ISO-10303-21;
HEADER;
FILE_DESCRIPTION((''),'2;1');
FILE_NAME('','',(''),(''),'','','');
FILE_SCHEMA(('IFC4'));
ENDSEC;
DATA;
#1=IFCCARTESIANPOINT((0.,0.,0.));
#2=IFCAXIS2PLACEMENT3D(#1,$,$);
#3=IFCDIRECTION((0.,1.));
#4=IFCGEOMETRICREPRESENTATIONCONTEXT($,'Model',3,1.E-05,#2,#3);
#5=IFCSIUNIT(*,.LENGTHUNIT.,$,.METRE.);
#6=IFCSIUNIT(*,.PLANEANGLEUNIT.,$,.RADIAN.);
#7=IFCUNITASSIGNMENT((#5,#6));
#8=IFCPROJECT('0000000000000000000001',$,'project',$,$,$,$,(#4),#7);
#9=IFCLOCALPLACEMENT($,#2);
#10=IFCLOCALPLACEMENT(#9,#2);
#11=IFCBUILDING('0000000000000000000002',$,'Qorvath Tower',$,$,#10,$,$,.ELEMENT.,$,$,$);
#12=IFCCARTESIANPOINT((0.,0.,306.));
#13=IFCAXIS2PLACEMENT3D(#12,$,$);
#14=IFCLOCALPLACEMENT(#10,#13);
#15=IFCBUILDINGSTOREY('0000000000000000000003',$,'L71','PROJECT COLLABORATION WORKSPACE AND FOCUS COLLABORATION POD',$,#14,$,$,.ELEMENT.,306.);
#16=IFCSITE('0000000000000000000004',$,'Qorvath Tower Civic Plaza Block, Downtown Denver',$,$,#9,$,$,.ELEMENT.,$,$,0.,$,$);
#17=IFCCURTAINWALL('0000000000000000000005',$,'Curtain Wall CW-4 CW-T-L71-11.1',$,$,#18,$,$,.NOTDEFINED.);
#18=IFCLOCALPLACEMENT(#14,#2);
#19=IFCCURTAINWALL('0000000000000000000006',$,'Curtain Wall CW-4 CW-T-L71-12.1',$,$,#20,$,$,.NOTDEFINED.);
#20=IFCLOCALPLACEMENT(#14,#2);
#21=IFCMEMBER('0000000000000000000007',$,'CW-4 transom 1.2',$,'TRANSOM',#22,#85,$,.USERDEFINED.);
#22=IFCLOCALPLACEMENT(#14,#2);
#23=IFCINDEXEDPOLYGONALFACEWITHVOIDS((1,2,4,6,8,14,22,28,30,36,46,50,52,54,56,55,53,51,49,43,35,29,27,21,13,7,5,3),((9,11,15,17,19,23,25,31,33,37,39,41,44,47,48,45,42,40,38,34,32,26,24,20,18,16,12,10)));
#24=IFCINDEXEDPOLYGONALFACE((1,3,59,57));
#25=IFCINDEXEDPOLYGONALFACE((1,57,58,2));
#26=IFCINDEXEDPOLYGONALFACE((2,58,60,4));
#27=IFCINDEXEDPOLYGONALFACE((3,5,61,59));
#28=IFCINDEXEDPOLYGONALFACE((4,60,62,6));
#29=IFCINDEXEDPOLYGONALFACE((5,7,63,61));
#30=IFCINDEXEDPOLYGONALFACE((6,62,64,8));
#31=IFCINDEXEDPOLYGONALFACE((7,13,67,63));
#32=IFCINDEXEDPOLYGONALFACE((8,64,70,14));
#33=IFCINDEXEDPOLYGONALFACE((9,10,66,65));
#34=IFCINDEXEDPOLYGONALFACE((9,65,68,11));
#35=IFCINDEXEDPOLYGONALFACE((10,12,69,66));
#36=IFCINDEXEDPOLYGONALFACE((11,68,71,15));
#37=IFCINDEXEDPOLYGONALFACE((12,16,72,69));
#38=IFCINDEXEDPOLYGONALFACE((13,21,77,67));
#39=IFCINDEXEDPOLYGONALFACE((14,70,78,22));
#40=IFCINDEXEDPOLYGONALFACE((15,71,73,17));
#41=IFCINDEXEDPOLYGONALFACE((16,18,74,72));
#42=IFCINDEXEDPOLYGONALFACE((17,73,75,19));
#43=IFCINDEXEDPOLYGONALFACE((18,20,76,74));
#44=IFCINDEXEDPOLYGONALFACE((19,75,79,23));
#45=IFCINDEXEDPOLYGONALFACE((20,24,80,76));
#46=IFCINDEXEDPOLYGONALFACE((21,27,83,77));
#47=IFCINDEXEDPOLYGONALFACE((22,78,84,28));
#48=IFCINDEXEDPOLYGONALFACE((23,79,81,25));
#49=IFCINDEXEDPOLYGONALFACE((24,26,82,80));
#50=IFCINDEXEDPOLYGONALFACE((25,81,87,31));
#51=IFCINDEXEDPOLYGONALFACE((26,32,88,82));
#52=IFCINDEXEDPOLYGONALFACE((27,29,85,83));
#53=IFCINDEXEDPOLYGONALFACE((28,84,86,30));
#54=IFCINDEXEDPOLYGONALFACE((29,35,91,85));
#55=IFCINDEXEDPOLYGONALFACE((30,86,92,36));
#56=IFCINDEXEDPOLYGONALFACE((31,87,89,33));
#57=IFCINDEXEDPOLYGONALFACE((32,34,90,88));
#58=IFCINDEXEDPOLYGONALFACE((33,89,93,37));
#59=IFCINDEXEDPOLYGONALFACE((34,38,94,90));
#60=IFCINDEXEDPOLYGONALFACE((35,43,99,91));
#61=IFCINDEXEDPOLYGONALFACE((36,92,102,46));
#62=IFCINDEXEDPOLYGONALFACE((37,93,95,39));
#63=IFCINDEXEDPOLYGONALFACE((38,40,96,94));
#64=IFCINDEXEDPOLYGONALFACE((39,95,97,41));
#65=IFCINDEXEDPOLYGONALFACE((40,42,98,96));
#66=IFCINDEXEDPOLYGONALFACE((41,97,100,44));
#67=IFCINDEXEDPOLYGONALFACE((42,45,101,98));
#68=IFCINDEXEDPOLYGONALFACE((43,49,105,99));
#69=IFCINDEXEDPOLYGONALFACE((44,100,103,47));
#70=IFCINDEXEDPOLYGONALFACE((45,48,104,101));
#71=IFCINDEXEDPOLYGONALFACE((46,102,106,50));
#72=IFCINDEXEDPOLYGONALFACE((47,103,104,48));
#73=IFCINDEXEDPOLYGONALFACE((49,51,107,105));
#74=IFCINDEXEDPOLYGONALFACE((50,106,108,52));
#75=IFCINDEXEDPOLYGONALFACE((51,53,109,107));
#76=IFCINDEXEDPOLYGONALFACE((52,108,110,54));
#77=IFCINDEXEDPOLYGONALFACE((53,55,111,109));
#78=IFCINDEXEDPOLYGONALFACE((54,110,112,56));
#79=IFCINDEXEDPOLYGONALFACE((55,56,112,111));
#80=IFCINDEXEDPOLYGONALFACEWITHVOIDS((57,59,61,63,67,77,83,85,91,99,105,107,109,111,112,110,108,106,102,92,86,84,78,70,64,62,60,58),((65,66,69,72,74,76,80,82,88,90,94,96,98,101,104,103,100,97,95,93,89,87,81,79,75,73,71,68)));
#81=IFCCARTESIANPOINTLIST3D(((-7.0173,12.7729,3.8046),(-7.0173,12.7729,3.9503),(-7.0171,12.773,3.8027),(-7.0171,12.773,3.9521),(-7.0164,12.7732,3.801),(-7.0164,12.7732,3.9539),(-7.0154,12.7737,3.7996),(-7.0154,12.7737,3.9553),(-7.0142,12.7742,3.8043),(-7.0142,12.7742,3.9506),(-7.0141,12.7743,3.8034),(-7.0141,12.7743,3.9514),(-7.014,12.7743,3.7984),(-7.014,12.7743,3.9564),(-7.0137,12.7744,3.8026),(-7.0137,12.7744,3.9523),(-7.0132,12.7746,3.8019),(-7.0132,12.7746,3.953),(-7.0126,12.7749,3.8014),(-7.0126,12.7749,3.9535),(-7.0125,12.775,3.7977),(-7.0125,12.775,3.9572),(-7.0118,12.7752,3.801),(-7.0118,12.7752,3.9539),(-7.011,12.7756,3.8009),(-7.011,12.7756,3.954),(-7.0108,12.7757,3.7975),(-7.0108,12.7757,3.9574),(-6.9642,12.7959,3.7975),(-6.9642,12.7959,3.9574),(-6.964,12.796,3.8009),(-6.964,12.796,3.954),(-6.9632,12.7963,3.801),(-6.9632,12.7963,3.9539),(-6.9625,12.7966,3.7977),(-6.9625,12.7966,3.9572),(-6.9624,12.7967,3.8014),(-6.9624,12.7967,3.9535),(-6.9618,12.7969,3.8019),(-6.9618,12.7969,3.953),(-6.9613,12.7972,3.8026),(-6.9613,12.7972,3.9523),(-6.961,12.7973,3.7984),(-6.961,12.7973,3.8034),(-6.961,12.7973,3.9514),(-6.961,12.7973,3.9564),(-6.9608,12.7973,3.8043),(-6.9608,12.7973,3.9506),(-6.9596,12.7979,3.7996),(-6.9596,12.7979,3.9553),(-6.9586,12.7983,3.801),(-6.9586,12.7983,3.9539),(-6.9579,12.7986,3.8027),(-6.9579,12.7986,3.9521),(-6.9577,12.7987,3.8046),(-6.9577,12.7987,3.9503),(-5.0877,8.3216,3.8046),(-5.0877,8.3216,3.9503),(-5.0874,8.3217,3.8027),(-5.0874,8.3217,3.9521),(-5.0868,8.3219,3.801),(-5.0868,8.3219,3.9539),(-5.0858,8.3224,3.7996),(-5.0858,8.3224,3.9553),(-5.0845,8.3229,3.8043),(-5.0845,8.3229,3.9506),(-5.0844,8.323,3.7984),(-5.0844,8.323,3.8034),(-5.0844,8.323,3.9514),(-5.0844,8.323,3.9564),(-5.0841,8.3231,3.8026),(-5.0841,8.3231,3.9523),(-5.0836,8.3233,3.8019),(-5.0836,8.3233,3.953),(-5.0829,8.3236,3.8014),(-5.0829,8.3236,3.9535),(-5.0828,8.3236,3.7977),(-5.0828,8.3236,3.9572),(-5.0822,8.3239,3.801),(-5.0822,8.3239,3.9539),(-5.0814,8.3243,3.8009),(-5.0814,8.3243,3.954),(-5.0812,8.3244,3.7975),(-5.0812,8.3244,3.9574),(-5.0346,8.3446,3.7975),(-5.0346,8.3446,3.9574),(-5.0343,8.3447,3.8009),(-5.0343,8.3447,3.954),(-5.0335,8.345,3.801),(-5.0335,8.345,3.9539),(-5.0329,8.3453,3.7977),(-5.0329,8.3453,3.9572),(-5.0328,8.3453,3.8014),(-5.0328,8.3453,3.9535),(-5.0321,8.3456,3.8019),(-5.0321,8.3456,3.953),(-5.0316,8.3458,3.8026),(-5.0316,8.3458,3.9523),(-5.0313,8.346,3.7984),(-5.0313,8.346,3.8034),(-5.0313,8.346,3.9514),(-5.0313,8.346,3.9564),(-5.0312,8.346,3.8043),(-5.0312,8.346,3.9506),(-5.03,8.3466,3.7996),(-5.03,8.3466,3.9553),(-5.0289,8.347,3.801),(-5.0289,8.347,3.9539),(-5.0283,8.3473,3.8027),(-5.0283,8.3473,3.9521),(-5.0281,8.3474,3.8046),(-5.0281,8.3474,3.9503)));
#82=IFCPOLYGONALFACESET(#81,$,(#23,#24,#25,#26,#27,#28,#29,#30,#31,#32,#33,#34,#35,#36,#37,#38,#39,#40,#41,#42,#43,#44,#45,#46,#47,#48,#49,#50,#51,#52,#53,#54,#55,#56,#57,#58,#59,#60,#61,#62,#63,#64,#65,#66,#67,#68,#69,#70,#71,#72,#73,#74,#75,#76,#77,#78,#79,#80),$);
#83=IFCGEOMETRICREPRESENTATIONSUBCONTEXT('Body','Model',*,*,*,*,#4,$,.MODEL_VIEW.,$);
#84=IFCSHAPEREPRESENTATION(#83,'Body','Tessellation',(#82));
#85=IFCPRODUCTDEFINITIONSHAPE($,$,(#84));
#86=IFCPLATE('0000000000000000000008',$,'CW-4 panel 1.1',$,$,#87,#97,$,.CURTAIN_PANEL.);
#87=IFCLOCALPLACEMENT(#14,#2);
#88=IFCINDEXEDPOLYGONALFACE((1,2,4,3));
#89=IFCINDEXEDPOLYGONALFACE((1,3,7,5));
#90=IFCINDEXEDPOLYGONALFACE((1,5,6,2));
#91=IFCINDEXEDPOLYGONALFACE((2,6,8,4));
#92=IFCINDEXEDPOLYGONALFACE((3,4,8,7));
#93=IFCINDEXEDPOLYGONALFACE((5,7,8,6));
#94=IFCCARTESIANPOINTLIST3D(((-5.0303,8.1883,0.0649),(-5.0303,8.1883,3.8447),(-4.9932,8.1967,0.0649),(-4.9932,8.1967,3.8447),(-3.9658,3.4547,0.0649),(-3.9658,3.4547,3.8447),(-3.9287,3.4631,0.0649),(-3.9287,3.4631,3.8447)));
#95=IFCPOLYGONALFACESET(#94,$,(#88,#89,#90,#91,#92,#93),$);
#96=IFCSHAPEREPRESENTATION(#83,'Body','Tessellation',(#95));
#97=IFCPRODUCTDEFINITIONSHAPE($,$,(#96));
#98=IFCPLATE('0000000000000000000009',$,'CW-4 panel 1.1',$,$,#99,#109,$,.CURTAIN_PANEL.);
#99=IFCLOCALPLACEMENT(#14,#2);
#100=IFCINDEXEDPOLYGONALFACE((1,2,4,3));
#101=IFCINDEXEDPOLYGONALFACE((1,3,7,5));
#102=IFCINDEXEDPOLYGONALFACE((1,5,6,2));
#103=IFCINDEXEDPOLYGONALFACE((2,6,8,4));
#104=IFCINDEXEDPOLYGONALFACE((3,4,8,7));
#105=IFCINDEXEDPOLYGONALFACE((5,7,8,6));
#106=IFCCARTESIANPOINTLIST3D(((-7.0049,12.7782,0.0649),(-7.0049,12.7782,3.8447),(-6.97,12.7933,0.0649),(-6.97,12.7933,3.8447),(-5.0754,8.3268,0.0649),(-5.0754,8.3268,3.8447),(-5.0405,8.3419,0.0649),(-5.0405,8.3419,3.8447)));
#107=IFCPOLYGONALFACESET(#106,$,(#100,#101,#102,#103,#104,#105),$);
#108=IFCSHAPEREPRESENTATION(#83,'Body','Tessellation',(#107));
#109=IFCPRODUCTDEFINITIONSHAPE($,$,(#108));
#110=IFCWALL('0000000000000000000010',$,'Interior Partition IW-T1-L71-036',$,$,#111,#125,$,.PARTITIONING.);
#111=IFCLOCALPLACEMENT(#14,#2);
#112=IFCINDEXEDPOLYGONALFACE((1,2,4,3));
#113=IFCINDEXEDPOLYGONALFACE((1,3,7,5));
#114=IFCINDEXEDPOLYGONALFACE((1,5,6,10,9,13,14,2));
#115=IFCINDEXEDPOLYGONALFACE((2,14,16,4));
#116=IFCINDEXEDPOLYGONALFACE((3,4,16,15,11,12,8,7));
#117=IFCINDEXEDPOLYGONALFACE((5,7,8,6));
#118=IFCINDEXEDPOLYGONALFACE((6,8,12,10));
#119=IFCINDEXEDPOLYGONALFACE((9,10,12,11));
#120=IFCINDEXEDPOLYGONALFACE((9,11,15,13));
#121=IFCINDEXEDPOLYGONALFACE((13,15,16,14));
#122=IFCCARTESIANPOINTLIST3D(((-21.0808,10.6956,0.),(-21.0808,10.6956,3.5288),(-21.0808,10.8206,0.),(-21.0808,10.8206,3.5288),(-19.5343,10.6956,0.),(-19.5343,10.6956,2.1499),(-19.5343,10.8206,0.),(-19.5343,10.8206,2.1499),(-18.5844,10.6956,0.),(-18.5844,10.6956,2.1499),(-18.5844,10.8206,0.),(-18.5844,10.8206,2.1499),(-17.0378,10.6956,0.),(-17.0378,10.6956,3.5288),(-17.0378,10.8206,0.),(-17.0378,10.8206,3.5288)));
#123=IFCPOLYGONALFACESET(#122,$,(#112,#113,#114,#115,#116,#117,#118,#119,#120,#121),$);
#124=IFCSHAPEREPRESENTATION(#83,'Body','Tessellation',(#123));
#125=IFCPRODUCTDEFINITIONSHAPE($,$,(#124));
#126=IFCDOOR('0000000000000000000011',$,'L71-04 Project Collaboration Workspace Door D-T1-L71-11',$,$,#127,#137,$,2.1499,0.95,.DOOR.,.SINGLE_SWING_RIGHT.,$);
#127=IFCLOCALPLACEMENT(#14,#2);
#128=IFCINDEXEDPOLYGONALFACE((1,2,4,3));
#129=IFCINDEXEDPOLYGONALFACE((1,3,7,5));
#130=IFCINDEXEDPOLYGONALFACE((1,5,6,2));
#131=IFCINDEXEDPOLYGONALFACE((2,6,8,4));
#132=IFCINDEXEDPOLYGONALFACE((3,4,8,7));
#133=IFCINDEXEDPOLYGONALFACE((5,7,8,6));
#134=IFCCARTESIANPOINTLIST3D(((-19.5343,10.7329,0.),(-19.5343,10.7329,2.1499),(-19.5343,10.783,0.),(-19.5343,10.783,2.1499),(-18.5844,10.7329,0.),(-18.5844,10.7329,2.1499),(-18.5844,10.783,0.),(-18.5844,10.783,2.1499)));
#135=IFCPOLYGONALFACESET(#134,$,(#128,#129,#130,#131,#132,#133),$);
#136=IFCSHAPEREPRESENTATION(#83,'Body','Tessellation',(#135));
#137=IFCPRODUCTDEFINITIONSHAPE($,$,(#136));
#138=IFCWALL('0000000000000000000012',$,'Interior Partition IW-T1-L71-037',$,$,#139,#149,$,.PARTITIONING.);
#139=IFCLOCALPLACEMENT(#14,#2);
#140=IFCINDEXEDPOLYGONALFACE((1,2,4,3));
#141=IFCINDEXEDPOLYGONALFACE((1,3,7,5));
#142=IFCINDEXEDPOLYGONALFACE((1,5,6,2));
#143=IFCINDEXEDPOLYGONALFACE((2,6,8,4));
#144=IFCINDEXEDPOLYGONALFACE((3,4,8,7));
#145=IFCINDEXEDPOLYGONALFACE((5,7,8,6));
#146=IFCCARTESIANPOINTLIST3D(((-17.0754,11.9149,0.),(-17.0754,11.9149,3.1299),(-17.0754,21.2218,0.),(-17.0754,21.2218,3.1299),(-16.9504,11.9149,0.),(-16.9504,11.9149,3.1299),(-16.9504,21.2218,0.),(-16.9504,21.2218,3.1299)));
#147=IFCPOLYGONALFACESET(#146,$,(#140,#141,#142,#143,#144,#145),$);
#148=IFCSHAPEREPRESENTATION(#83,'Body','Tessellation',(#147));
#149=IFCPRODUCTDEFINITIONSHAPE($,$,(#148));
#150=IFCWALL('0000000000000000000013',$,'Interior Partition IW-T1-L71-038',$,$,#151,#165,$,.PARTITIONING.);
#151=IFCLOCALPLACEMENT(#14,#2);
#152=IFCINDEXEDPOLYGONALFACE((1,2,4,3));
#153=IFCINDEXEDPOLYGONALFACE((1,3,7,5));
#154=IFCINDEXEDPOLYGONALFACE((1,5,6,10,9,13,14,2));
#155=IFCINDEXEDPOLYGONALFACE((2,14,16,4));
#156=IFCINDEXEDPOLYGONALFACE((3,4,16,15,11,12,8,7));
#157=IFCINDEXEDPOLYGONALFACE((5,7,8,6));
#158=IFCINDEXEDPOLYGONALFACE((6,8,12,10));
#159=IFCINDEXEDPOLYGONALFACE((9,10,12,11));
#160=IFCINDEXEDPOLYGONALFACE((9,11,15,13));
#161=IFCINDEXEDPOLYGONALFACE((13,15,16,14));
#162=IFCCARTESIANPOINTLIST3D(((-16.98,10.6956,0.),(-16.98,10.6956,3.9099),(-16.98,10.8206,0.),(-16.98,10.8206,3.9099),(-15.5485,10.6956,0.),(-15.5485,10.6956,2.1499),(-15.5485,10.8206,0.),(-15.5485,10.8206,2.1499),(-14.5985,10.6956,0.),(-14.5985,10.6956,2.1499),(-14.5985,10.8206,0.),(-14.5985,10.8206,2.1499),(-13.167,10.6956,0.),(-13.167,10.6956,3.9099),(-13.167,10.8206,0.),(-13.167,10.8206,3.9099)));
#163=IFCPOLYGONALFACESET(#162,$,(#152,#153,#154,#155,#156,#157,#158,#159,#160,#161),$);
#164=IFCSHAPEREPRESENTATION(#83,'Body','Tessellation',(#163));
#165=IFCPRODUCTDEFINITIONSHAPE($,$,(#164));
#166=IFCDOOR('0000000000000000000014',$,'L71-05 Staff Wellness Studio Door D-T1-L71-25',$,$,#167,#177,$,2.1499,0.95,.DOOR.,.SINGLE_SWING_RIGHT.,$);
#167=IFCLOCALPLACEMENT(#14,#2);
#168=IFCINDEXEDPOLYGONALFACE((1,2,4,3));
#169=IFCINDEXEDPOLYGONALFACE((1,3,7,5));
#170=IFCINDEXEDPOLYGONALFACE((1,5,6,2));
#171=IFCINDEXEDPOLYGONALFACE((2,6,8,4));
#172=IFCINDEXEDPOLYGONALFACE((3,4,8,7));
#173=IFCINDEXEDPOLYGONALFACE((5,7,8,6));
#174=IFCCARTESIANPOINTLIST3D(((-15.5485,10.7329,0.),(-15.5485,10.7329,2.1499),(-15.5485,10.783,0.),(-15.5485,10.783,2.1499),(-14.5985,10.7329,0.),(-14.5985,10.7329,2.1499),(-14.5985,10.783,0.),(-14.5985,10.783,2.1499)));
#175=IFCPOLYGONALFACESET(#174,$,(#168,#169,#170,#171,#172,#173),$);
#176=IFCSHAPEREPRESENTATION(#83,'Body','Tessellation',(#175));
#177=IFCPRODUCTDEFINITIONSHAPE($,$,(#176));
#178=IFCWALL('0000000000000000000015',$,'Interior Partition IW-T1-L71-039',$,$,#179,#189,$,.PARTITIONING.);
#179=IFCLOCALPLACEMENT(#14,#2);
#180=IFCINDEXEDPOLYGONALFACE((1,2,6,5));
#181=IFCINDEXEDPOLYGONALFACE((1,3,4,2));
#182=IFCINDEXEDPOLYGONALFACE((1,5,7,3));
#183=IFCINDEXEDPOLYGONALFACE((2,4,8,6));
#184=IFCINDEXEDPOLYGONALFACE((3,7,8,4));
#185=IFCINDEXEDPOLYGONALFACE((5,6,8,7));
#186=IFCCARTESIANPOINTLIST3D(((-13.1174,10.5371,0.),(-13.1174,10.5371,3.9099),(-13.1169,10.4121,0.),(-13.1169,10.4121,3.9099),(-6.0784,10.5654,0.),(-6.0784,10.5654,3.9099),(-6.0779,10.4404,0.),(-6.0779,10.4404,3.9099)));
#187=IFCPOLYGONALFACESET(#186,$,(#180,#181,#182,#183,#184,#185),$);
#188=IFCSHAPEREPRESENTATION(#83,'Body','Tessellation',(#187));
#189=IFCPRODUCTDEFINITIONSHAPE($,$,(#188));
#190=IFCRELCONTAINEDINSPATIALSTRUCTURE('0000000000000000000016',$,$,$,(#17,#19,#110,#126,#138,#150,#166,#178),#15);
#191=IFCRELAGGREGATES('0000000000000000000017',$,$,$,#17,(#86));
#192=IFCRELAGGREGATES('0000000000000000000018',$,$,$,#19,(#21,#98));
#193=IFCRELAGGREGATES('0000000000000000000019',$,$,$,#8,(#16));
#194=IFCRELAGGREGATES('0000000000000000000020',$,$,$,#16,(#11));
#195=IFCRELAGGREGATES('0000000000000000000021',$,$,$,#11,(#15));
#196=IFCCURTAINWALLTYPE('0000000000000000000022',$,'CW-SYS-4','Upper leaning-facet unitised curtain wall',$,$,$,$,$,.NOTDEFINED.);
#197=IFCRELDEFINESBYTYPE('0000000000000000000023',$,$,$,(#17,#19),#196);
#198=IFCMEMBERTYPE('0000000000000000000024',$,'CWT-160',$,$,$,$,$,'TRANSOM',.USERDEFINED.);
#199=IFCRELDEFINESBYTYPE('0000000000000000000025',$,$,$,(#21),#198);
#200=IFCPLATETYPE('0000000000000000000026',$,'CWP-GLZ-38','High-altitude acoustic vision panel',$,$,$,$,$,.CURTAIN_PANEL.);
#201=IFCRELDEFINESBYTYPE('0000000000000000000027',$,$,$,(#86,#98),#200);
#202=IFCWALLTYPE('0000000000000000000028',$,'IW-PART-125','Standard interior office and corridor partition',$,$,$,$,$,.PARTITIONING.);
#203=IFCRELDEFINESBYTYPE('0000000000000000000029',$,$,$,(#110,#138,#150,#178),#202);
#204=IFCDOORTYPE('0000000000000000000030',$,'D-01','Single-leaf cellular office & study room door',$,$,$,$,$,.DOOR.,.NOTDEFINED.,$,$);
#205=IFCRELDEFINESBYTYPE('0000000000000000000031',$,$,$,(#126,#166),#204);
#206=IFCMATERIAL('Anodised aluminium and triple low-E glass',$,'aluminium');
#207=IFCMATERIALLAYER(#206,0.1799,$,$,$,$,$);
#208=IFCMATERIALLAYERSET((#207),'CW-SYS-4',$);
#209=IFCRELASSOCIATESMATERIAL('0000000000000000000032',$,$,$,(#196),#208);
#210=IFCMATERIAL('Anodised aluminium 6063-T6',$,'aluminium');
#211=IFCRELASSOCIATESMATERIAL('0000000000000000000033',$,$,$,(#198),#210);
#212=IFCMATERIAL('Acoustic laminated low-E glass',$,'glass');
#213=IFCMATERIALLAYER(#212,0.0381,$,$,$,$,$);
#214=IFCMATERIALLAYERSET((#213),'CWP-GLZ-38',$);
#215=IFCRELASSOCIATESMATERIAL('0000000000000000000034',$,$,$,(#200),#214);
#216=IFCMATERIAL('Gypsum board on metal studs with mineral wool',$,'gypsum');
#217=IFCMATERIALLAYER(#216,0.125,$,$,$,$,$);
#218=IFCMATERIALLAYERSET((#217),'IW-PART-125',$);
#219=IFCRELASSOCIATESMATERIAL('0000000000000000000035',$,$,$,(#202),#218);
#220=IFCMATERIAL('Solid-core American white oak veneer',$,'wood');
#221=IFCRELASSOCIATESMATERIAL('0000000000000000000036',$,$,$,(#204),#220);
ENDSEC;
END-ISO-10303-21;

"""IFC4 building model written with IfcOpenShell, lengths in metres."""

from ifc_helpers import new_model, si_unit, direction, frame, frame_2d, origin, origin_2d, place, context, subcontext, project, spatial, rectangle, hollow_rectangle, extrude, material, layer, layer_set, material_profile, profile_set, type_object, element, fill, aggregate, save


model = new_model("IFC4")

# Units and contexts
model_context = context("Model", 3, precision=1e-05, world=origin(), true_north=direction((0.0, 1.0)))
body_context = subcontext(model_context, "Body", "Model", "MODEL_VIEW")
ifc_project = project(units=[si_unit("LENGTHUNIT", "METRE"), si_unit("PLANEANGLEUNIT", "RADIAN")], contexts=[model_context])

# Site, building, storey
site_placement = place(None, origin())
site = spatial("IfcSite", under=ifc_project, at=site_placement, Name="Qorvath Tower Civic Plaza Block, Downtown Denver", CompositionType="ELEMENT", RefElevation=0.0)
building_placement = place(site_placement, origin())
building = spatial("IfcBuilding", under=site, at=building_placement, Name="Qorvath Tower", CompositionType="ELEMENT")
storey_placement = place(building_placement, frame((0.0, 0.0, 306.0)))
storey = spatial("IfcBuildingStorey", under=building, at=storey_placement, Name="L71", Description="PROJECT COLLABORATION WORKSPACE AND FOCUS COLLABORATION POD", CompositionType="ELEMENT", Elevation=306.0)

# Curtain walls
ifc_material_1 = material(Name="Anodised aluminium and triple low-E glass", Category="aluminium")
ifc_layer_1 = layer(ifc_material_1, 0.1799)
ifc_layer_set_1 = layer_set([ifc_layer_1], Name="CW-SYS-4")
curtain_wall_type = type_object("IfcCurtainWallType", Name="CW-SYS-4", Description="Upper leaning-facet unitised curtain wall", PredefinedType="NOTDEFINED", material=ifc_layer_set_1)
curtain_wall_1_placement = place(storey_placement, origin())
curtain_wall_1 = element("IfcCurtainWall", 1, at=curtain_wall_1_placement, inside=storey, type_object=curtain_wall_type, Name="Curtain Wall CW-4 CW-T-L71-11.1", PredefinedType="NOTDEFINED")
curtain_wall_2_placement = place(storey_placement, origin())
curtain_wall_2 = element("IfcCurtainWall", 2, at=curtain_wall_2_placement, inside=storey, type_object=curtain_wall_type, Name="Curtain Wall CW-4 CW-T-L71-12.1", PredefinedType="NOTDEFINED")

# Member
ifc_material_2 = material(Name="Anodised aluminium 6063-T6", Category="aluminium")
ifc_material_profile_1 = material_profile(ifc_material_2, hollow_rectangle(XDim=0.0649, YDim=0.1599, WallThickness=0.0034, InnerFilletRadius=0.0034, OuterFilletRadius=0.0071, at=origin_2d()), Name="CWT 160x65")
ifc_profile_set_1 = profile_set([ifc_material_profile_1], Name="Anodised aluminium 6063-T6")
member_type_1 = type_object("IfcMemberType", Name="CWT-160", ElementType="TRANSOM", PredefinedType="USERDEFINED", material=ifc_profile_set_1)
member_1_placement = place(storey_placement, frame((-5.0579, 8.3345, 3.8774), z_axis=(-0.397736, 0.9175, 0.0), x_axis=(-0.9175, -0.397736, 0.0)))
member_1 = element("IfcMember", 3, at=member_1_placement, type_object=member_type_1, Name="CW-4 transom 1.2", ObjectType="TRANSOM", PredefinedType="USERDEFINED", context=body_context, shape_type="SweptSolid", body=[
    extrude(hollow_rectangle(XDim=0.0649, YDim=0.1599, WallThickness=0.0034, InnerFilletRadius=0.0034, OuterFilletRadius=0.0071, at=origin_2d()), origin(), (0.0, 0.0, 1.0), 4.8516),
])

# Plates
ifc_material_3 = material(Name="Acoustic laminated low-E glass", Category="glass")
ifc_layer_2 = layer(ifc_material_3, 0.0381)
ifc_layer_set_2 = layer_set([ifc_layer_2], Name="CWP-GLZ-38")
plate_type = type_object("IfcPlateType", Name="CWP-GLZ-38", Description="High-altitude acoustic vision panel", PredefinedType="CURTAIN_PANEL", material=ifc_layer_set_2)
plate_1_placement = place(storey_placement, frame((-4.4795, 5.8257, 0.0649), z_axis=(0.0, 0.0, 1.0), x_axis=(-0.219402, 0.975634, 0.0)))
plate_1 = element("IfcPlate", 4, at=plate_1_placement, type_object=plate_type, Name="CW-4 panel 1.1", PredefinedType="CURTAIN_PANEL", context=body_context, shape_type="SweptSolid", body=[
    extrude(rectangle(XDim=4.8518, YDim=0.0381, at=origin_2d()), origin(), (0.0, 0.0, 1.0), 3.7798),
])
aggregate(curtain_wall_1, [plate_1])
plate_2_placement = place(storey_placement, frame((-6.0227, 10.5601, 0.0649), z_axis=(0.0, 0.0, 1.0), x_axis=(-0.397707, 0.917513, 0.0)))
plate_2 = element("IfcPlate", 5, at=plate_2_placement, type_object=plate_type, Name="CW-4 panel 1.1", PredefinedType="CURTAIN_PANEL", context=body_context, shape_type="SweptSolid", body=[
    extrude(rectangle(XDim=4.8516, YDim=0.0381, at=origin_2d()), origin(), (0.0, 0.0, 1.0), 3.7798),
])
aggregate(curtain_wall_2, [member_1, plate_2])

# Wall, opening, door
ifc_material_4 = material(Name="Gypsum board on metal studs with mineral wool", Category="gypsum")
ifc_layer_3 = layer(ifc_material_4, 0.125)
ifc_layer_set_3 = layer_set([ifc_layer_3], Name="IW-PART-125")
wall_type_1 = type_object("IfcWallType", Name="IW-PART-125", Description="Standard interior office and corridor partition", PredefinedType="PARTITIONING", material=ifc_layer_set_3)
wall_1_placement = place(storey_placement, frame((-21.0808, 10.7581, 0.0), z_axis=(0.0, 0.0, 1.0), x_axis=(1.0, 0.0, 0.0)))
wall_1 = element("IfcWall", 6, at=wall_1_placement, inside=storey, type_object=wall_type_1, Name="Interior Partition IW-T1-L71-036", PredefinedType="PARTITIONING", context=body_context, shape_type="SweptSolid", body=[
    extrude(rectangle(XDim=4.043, YDim=0.125, at=frame_2d((2.0215, 0.0))), origin(), (0.0, 0.0, 1.0), 3.5288),
])
opening_1_placement = place(wall_1_placement, frame((1.5464, 0.0, 0.0)))
opening_1 = element("IfcOpeningElement", 7, at=opening_1_placement, cuts=wall_1, PredefinedType="OPENING", context=body_context, shape_type="SweptSolid", body=[
    extrude(rectangle(XDim=0.95, YDim=2.1499, at=frame_2d((0.4751, 1.075))), frame((0.0, 0.0725, 0.0), z_axis=(0.0, -1.0, 0.0), x_axis=(1.0, 0.0, 0.0)), (0.0, 0.0, 1.0), 0.145),
])
ifc_material_5 = material(Name="Solid-core American white oak veneer", Category="wood")
door_type_1 = type_object("IfcDoorType", Name="D-01", Description="Single-leaf cellular office & study room door", OperationType="NOTDEFINED", PredefinedType="DOOR", material=ifc_material_5)
door_1_placement = place(opening_1_placement, origin())
door_1 = element("IfcDoor", 8, at=door_1_placement, inside=storey, type_object=door_type_1, Name="L71-04 Project Collaboration Workspace Door D-T1-L71-11", OperationType="SINGLE_SWING_RIGHT", OverallHeight=2.1499, OverallWidth=0.95, PredefinedType="DOOR", context=body_context, shape_type="SweptSolid", body=[
    extrude(rectangle(XDim=0.95, YDim=2.1499, at=frame_2d((0.4751, 1.075))), frame((0.0, 0.0249, 0.0), z_axis=(0.0, -1.0, 0.0), x_axis=(1.0, 0.0, 0.0)), (0.0, 0.0, 1.0), 0.05),
])
fill(opening_1, door_1)

# Wall
wall_2_placement = place(storey_placement, frame((-17.0129, 11.915, 0.0), z_axis=(0.0, 0.0, 1.0), x_axis=(0.0, 1.0, 0.0)))
element("IfcWall", 9, at=wall_2_placement, inside=storey, type_object=wall_type_1, Name="Interior Partition IW-T1-L71-037", PredefinedType="PARTITIONING", context=body_context, shape_type="SweptSolid", body=[
    extrude(rectangle(XDim=9.3069, YDim=0.125, at=frame_2d((4.6533, 0.0))), origin(), (0.0, 0.0, 1.0), 3.1299),
])

# Wall, opening, door
wall_3_placement = place(storey_placement, frame((-16.98, 10.7581, 0.0), z_axis=(0.0, 0.0, 1.0), x_axis=(1.0, 0.0, 0.0)))
wall_3 = element("IfcWall", 10, at=wall_3_placement, inside=storey, type_object=wall_type_1, Name="Interior Partition IW-T1-L71-038", PredefinedType="PARTITIONING", context=body_context, shape_type="SweptSolid", body=[
    extrude(rectangle(XDim=3.813, YDim=0.125, at=frame_2d((1.9065, 0.0))), origin(), (0.0, 0.0, 1.0), 3.9099),
])
opening_2_placement = place(wall_3_placement, frame((1.4314, 0.0, 0.0)))
opening_2 = element("IfcOpeningElement", 11, at=opening_2_placement, cuts=wall_3, PredefinedType="OPENING", context=body_context, shape_type="SweptSolid", body=[
    extrude(rectangle(XDim=0.95, YDim=2.1499, at=frame_2d((0.4751, 1.075))), frame((0.0, 0.0725, 0.0), z_axis=(0.0, -1.0, 0.0), x_axis=(1.0, 0.0, 0.0)), (0.0, 0.0, 1.0), 0.145),
])
door_2_placement = place(opening_2_placement, origin())
door_2 = element("IfcDoor", 12, at=door_2_placement, inside=storey, type_object=door_type_1, Name="L71-05 Staff Wellness Studio Door D-T1-L71-25", OperationType="SINGLE_SWING_RIGHT", OverallHeight=2.1499, OverallWidth=0.95, PredefinedType="DOOR", context=body_context, shape_type="SweptSolid", body=[
    extrude(rectangle(XDim=0.95, YDim=2.1499, at=frame_2d((0.4751, 1.075))), frame((0.0, 0.0249, 0.0), z_axis=(0.0, -1.0, 0.0), x_axis=(1.0, 0.0, 0.0)), (0.0, 0.0, 1.0), 0.05),
])
fill(opening_2, door_2)

# Wall
wall_4_placement = place(storey_placement, frame((-13.1172, 10.4746, 0.0), z_axis=(0.0, 0.0, 1.0), x_axis=(0.999992, 0.004023, 0.0)))
element("IfcWall", 13, at=wall_4_placement, inside=storey, type_object=wall_type_1, Name="Interior Partition IW-T1-L71-039", PredefinedType="PARTITIONING", context=body_context, shape_type="SweptSolid", body=[
    extrude(rectangle(XDim=7.0391, YDim=0.125, at=frame_2d((3.5195, 0.0))), origin(), (0.0, 0.0, 1.0), 3.9099),
])

save(model, "model.ifc")
